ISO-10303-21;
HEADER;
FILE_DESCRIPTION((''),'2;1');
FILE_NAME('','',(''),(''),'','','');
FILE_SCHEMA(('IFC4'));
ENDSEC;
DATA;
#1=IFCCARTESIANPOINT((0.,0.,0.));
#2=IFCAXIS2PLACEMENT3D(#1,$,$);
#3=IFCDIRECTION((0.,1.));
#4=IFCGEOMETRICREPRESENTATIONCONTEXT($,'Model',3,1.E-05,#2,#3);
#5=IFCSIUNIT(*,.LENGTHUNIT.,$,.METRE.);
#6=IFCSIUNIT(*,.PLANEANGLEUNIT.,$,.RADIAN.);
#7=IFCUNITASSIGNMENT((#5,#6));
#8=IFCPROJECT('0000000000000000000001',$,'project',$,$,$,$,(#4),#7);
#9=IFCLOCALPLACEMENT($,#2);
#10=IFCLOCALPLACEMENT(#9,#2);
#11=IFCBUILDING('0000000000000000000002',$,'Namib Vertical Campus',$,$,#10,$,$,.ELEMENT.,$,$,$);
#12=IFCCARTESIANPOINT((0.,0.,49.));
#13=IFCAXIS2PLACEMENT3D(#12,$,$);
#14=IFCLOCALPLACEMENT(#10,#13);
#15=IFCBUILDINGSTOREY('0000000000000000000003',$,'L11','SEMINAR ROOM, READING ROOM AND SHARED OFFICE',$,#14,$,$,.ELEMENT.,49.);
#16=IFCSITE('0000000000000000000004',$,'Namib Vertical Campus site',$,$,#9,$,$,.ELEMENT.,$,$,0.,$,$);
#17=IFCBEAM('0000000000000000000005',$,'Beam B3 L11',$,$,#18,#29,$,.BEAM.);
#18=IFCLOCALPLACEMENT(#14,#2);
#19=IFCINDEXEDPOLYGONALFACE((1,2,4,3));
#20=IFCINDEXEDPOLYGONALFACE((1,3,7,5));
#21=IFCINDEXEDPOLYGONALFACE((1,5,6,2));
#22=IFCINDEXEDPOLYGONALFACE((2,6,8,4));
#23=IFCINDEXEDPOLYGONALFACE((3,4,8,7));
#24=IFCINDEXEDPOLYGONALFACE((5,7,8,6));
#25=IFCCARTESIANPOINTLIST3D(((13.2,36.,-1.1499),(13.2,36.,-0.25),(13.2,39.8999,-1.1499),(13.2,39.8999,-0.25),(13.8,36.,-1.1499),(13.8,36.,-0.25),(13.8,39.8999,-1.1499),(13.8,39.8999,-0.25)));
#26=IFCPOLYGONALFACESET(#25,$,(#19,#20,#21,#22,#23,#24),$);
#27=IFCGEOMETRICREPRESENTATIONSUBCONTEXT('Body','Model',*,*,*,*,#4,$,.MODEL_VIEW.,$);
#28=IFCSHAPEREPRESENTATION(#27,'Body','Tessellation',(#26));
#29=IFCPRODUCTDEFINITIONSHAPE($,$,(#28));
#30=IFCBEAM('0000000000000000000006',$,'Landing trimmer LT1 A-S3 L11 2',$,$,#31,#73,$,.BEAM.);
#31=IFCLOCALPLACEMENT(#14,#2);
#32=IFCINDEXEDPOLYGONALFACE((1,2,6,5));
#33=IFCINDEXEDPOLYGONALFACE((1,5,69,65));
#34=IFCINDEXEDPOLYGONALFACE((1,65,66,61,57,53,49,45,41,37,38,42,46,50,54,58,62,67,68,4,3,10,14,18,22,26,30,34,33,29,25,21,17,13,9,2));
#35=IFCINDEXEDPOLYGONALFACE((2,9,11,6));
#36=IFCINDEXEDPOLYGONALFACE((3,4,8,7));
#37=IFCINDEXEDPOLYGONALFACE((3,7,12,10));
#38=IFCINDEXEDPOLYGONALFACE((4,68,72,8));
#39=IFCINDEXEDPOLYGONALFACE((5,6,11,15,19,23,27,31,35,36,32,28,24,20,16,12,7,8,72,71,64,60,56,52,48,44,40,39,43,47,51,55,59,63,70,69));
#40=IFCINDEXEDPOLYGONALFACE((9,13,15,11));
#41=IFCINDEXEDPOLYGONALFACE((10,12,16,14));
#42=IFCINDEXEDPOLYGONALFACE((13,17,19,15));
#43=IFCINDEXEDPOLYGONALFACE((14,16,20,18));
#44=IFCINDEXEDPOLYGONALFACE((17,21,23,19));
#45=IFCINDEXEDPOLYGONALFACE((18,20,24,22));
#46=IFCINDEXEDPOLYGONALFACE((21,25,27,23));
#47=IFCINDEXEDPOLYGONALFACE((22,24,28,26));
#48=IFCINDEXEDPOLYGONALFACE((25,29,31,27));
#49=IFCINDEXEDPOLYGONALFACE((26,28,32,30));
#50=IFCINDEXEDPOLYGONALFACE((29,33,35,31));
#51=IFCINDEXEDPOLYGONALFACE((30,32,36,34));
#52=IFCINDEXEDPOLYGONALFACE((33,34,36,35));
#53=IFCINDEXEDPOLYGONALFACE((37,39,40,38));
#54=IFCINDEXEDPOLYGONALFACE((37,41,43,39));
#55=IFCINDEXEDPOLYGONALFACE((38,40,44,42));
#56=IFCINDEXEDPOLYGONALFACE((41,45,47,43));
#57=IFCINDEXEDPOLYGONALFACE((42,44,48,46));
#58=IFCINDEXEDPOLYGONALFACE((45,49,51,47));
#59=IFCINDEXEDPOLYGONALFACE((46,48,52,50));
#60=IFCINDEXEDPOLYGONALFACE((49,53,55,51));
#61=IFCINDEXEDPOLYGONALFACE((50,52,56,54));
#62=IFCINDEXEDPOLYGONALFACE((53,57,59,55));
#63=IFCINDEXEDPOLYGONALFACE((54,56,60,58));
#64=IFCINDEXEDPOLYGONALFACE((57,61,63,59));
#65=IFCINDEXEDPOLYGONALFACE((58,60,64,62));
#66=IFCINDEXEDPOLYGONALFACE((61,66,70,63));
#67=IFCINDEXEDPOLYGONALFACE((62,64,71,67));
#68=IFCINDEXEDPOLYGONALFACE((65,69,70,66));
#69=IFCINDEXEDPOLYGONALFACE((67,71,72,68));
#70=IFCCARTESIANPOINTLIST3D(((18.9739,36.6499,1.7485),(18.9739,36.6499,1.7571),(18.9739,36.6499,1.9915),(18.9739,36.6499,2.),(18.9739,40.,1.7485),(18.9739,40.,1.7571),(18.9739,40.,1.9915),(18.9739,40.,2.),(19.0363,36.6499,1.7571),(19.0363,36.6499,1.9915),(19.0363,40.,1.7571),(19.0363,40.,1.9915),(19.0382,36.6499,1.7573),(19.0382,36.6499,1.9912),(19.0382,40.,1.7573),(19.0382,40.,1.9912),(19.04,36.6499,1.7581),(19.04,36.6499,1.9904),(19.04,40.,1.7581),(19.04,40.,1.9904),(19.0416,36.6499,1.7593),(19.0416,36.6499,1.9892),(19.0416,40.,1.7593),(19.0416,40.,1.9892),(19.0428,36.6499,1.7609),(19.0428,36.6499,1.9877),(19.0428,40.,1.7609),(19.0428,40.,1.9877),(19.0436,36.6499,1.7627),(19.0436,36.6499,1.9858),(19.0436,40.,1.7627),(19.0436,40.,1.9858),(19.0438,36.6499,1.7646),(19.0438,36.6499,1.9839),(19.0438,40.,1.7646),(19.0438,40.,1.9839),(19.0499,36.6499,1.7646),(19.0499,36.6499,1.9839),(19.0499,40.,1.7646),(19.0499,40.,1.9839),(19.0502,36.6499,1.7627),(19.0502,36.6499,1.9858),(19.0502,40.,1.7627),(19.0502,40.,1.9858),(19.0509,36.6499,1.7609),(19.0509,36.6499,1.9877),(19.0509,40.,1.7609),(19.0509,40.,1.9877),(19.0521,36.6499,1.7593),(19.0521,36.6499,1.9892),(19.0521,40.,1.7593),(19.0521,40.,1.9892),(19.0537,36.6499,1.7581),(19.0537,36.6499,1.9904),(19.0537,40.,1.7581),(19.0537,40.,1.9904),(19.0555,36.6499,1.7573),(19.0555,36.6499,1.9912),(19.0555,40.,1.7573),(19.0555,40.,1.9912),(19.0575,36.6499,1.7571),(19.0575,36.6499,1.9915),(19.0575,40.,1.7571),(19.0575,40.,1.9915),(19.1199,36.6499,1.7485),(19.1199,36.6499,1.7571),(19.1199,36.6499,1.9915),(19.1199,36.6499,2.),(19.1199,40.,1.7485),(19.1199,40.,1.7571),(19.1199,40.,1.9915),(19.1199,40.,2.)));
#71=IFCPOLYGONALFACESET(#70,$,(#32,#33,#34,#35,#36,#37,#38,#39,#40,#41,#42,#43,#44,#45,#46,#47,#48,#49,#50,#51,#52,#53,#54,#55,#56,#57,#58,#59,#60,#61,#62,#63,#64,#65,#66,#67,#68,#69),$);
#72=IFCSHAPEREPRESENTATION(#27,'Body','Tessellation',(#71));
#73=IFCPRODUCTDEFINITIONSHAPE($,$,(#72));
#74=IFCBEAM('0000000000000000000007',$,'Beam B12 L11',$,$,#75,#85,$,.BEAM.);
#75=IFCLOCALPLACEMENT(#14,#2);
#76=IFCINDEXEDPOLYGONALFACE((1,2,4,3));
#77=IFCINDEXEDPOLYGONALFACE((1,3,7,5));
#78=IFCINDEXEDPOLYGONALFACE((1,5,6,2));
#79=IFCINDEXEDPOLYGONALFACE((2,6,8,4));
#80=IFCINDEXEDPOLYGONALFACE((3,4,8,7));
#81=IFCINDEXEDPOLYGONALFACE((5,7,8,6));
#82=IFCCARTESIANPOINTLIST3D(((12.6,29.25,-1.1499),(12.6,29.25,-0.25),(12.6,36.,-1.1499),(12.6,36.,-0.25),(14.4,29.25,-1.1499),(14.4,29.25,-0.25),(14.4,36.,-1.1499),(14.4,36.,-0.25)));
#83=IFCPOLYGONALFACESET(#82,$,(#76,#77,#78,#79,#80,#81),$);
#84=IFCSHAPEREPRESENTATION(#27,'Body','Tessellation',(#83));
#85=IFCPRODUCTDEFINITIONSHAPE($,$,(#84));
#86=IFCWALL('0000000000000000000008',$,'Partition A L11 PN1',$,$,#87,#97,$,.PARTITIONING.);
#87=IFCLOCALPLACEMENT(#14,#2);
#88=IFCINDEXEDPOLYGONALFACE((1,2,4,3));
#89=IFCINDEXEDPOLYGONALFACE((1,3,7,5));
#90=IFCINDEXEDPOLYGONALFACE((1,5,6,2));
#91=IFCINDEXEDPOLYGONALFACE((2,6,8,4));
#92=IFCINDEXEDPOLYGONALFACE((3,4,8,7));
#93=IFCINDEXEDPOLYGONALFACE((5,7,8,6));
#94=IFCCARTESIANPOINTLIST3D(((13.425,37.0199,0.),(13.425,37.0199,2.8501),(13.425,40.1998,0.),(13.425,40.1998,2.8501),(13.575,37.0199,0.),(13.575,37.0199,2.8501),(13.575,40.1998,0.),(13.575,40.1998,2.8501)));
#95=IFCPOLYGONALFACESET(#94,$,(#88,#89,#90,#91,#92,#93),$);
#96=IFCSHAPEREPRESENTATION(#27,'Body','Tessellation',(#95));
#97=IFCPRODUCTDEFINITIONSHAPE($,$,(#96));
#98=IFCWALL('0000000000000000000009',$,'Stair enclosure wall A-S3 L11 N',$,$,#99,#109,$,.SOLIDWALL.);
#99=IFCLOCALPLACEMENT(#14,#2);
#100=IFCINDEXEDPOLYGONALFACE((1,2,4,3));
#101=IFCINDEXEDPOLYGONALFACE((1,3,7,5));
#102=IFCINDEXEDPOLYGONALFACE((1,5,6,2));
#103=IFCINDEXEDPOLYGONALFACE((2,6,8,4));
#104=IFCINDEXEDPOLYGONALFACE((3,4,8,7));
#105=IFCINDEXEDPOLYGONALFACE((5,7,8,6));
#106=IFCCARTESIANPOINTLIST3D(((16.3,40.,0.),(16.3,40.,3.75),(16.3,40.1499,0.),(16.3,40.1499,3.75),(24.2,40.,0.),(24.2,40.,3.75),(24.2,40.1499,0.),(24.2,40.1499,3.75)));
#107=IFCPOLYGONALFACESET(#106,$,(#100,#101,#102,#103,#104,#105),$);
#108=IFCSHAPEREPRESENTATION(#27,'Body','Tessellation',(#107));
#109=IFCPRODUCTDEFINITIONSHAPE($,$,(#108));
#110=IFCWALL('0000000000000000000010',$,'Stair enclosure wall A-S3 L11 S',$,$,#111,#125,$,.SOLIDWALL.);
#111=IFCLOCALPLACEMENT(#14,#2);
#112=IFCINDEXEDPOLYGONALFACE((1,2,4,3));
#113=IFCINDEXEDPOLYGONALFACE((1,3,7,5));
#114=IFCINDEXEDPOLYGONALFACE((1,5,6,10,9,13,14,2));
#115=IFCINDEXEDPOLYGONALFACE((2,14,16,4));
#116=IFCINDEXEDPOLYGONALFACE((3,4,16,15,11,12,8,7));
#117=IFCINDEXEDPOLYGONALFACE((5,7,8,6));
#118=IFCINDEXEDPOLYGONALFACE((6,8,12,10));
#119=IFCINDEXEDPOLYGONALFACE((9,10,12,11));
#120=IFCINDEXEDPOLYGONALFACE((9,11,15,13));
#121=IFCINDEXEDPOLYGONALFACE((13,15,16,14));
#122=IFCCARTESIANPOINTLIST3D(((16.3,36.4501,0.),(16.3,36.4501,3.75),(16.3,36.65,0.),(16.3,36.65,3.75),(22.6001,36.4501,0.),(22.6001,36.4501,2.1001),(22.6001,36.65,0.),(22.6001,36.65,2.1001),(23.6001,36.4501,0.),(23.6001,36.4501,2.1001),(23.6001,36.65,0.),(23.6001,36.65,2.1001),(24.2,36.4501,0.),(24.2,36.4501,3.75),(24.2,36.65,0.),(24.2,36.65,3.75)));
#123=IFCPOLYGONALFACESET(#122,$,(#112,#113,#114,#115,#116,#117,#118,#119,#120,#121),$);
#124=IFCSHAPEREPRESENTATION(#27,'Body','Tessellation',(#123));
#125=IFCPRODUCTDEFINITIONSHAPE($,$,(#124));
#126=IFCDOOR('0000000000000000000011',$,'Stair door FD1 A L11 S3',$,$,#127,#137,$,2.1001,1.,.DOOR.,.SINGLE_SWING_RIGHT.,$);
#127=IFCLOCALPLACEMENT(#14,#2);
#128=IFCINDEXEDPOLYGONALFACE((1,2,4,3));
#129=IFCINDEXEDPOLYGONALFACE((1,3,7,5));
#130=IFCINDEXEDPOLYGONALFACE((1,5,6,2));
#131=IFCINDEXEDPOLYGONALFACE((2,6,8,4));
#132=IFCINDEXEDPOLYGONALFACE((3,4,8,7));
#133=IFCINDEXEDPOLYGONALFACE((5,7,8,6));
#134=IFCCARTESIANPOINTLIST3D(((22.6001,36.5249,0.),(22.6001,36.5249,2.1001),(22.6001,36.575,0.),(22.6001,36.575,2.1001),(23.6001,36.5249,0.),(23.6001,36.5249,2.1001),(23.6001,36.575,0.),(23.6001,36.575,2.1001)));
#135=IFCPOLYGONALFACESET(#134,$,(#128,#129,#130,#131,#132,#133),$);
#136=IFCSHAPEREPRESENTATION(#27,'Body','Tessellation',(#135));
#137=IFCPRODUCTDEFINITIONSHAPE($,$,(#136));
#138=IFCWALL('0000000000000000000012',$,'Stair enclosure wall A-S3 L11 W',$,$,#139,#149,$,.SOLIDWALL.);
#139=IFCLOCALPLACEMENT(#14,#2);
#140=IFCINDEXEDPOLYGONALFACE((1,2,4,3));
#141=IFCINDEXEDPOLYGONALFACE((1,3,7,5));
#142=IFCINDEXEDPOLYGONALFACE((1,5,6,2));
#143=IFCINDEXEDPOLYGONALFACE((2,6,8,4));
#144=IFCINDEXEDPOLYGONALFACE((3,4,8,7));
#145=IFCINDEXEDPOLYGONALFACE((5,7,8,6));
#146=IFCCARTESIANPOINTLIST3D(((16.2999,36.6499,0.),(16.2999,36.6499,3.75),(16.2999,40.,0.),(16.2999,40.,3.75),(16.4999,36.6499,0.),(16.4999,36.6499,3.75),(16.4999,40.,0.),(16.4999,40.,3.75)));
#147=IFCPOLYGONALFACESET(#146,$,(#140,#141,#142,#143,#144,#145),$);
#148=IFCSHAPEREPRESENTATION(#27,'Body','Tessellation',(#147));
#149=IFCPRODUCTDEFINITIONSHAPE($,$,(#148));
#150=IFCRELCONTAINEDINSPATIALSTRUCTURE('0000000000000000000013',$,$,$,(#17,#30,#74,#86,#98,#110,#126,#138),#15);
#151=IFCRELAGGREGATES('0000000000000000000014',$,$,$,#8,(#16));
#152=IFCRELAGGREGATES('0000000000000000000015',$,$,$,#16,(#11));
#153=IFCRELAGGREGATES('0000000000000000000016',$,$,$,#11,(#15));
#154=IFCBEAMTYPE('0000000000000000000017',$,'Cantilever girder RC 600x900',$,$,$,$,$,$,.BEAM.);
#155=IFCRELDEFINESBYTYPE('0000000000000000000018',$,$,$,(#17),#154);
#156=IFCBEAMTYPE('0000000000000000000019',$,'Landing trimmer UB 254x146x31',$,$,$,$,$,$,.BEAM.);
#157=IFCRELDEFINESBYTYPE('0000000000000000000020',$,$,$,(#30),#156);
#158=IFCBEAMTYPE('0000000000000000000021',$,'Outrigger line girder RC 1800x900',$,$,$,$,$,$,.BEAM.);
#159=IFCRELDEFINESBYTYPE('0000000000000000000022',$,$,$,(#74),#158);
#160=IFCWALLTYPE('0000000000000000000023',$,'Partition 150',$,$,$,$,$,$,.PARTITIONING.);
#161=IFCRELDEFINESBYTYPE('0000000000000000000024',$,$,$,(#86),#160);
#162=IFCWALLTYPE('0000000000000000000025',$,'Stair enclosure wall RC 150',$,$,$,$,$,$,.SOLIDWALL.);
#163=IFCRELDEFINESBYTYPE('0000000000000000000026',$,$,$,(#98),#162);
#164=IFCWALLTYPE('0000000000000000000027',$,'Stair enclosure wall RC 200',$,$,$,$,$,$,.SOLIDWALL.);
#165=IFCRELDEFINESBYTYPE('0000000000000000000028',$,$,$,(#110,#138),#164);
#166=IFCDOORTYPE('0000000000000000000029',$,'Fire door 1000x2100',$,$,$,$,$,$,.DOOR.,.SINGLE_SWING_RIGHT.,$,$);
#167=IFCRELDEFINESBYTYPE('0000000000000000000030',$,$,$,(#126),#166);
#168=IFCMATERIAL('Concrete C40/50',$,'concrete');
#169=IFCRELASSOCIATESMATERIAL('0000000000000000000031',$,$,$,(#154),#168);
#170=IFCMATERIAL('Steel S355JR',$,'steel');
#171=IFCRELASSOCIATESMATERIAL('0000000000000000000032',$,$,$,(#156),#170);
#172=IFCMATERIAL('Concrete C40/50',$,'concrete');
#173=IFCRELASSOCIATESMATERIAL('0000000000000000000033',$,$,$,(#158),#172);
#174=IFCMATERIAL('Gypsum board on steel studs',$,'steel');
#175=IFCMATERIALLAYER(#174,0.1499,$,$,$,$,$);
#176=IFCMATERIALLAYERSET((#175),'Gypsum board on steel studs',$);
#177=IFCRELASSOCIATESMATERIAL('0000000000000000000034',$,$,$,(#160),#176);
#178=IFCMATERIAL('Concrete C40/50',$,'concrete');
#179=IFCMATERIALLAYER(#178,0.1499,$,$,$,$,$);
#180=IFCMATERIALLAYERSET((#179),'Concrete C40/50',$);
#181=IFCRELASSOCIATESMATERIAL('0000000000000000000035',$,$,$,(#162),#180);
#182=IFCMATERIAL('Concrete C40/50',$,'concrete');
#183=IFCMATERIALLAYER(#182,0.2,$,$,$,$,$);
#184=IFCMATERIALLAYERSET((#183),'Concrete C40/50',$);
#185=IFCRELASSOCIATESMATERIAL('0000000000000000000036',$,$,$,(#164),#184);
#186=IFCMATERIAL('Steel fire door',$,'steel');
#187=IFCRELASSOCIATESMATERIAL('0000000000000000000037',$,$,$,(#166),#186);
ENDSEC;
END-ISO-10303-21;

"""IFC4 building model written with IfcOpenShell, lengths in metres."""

from ifc_helpers import new_model, si_unit, direction, frame, frame_2d, origin, origin_2d, place, context, subcontext, project, spatial, rectangle, i_section, extrude, material, layer, layer_set, material_profile, profile_set, type_object, element, fill, save


model = new_model("IFC4")

# Units and contexts
model_context = context("Model", 3, precision=1e-05, world=origin(), true_north=direction((0.0, 1.0)))
body_context = subcontext(model_context, "Body", "Model", "MODEL_VIEW")
ifc_project = project(units=[si_unit("LENGTHUNIT", "METRE"), si_unit("PLANEANGLEUNIT", "RADIAN")], contexts=[model_context])

# Site, building, storey
site_placement = place(None, origin())
site = spatial("IfcSite", under=ifc_project, at=site_placement, Name="Namib Vertical Campus site", CompositionType="ELEMENT", RefElevation=0.0)
building_placement = place(site_placement, origin())
building = spatial("IfcBuilding", under=site, at=building_placement, Name="Namib Vertical Campus", CompositionType="ELEMENT")
storey_placement = place(building_placement, frame((0.0, 0.0, 49.0)))
storey = spatial("IfcBuildingStorey", under=building, at=storey_placement, Name="L11", Description="SEMINAR ROOM, READING ROOM AND SHARED OFFICE", CompositionType="ELEMENT", Elevation=49.0)

# Beams
ifc_material_1 = material(Name="Concrete C40/50", Category="concrete")
ifc_material_profile_1 = material_profile(ifc_material_1, rectangle(XDim=0.6001, YDim=0.8999, at=origin_2d()))
ifc_profile_set_1 = profile_set([ifc_material_profile_1], Name="Concrete C40/50")
beam_type_1 = type_object("IfcBeamType", Name="Cantilever girder RC 600x900", PredefinedType="BEAM", material=ifc_profile_set_1)
beam_1_placement = place(storey_placement, frame((13.5, 36.0, -0.7), z_axis=(0.0, 1.0, 0.0), x_axis=(-1.0, 0.0, 0.0)))
element("IfcBeam", 1, at=beam_1_placement, inside=storey, type_object=beam_type_1, Name="Beam B3 L11", PredefinedType="BEAM", context=body_context, shape_type="SweptSolid", body=[
    extrude(rectangle(XDim=0.6001, YDim=0.8999, at=origin_2d()), origin(), (0.0, 0.0, 1.0), 3.8999),
])
ifc_material_2 = material(Name="Steel S355JR", Category="steel")
ifc_material_profile_2 = material_profile(ifc_material_2, i_section(OverallWidth=0.146, OverallDepth=0.2515, WebThickness=0.0061, FlangeThickness=0.0085, FilletRadius=0.0076, at=origin_2d()))
ifc_profile_set_2 = profile_set([ifc_material_profile_2], Name="Steel S355JR")
beam_type_2 = type_object("IfcBeamType", Name="Landing trimmer UB 254x146x31", PredefinedType="BEAM", material=ifc_profile_set_2)
beam_2_placement = place(storey_placement, frame((19.0469, 36.6499, 1.8743), z_axis=(0.0, 1.0, 0.0), x_axis=(-1.0, 0.0, 0.0)))
element("IfcBeam", 2, at=beam_2_placement, inside=storey, type_object=beam_type_2, Name="Landing trimmer LT1 A-S3 L11 2", PredefinedType="BEAM", context=body_context, shape_type="SweptSolid", body=[
    extrude(i_section(OverallWidth=0.146, OverallDepth=0.2515, WebThickness=0.0061, FlangeThickness=0.0085, FilletRadius=0.0076, at=origin_2d()), origin(), (0.0, 0.0, 1.0), 3.3501),
])
ifc_material_3 = material(Name="Concrete C40/50", Category="concrete")
ifc_material_profile_3 = material_profile(ifc_material_3, rectangle(XDim=1.8, YDim=0.8999, at=origin_2d()))
ifc_profile_set_3 = profile_set([ifc_material_profile_3], Name="Concrete C40/50")
beam_type_3 = type_object("IfcBeamType", Name="Outrigger line girder RC 1800x900", PredefinedType="BEAM", material=ifc_profile_set_3)
beam_3_placement = place(storey_placement, frame((13.5, 36.0, -0.7), z_axis=(0.0, -1.0, 0.0), x_axis=(1.0, 0.0, 0.0)))
element("IfcBeam", 3, at=beam_3_placement, inside=storey, type_object=beam_type_3, Name="Beam B12 L11", PredefinedType="BEAM", context=body_context, shape_type="SweptSolid", body=[
    extrude(rectangle(XDim=1.8, YDim=0.8999, at=origin_2d()), origin(), (0.0, 0.0, 1.0), 6.75),
])

# Walls
ifc_material_4 = material(Name="Gypsum board on steel studs", Category="steel")
ifc_layer_1 = layer(ifc_material_4, 0.1499)
ifc_layer_set_1 = layer_set([ifc_layer_1], Name="Gypsum board on steel studs")
wall_type_1 = type_object("IfcWallType", Name="Partition 150", PredefinedType="PARTITIONING", material=ifc_layer_set_1)
wall_1_placement = place(storey_placement, frame((13.5, 37.02, 0.0), z_axis=(0.0, 0.0, 1.0), x_axis=(0.0, 1.0, 0.0)))
element("IfcWall", 4, at=wall_1_placement, inside=storey, type_object=wall_type_1, Name="Partition A L11 PN1", PredefinedType="PARTITIONING", context=body_context, shape_type="SweptSolid", body=[
    extrude(rectangle(XDim=3.1799, YDim=0.1499, at=frame_2d((1.5898, 0.0))), origin(), (0.0, 0.0, 1.0), 2.8501),
])
ifc_material_5 = material(Name="Concrete C40/50", Category="concrete")
ifc_layer_2 = layer(ifc_material_5, 0.1499)
ifc_layer_set_2 = layer_set([ifc_layer_2], Name="Concrete C40/50")
wall_type_2 = type_object("IfcWallType", Name="Stair enclosure wall RC 150", PredefinedType="SOLIDWALL", material=ifc_layer_set_2)
wall_2_placement = place(storey_placement, frame((16.3, 40.075, 0.0), z_axis=(0.0, 0.0, 1.0), x_axis=(1.0, 0.0, 0.0)))
element("IfcWall", 5, at=wall_2_placement, inside=storey, type_object=wall_type_2, Name="Stair enclosure wall A-S3 L11 N", PredefinedType="SOLIDWALL", context=body_context, shape_type="SweptSolid", body=[
    extrude(rectangle(XDim=7.8999, YDim=0.1499, at=frame_2d((3.95, 0.0))), origin(), (0.0, 0.0, 1.0), 3.75),
])

# Wall, opening, door
ifc_material_6 = material(Name="Concrete C40/50", Category="concrete")
ifc_layer_3 = layer(ifc_material_6, 0.2)
ifc_layer_set_3 = layer_set([ifc_layer_3], Name="Concrete C40/50")
wall_type_3 = type_object("IfcWallType", Name="Stair enclosure wall RC 200", PredefinedType="SOLIDWALL", material=ifc_layer_set_3)
wall_3_placement = place(storey_placement, frame((16.3, 36.55, 0.0), z_axis=(0.0, 0.0, 1.0), x_axis=(1.0, 0.0, 0.0)))
wall_3 = element("IfcWall", 6, at=wall_3_placement, inside=storey, type_object=wall_type_3, Name="Stair enclosure wall A-S3 L11 S", PredefinedType="SOLIDWALL", context=body_context, shape_type="SweptSolid", body=[
    extrude(rectangle(XDim=7.8999, YDim=0.2, at=frame_2d((3.95, 0.0))), origin(), (0.0, 0.0, 1.0), 3.75),
])
opening_placement = place(wall_3_placement, frame((6.3, 0.0, 0.0)))
opening = element("IfcOpeningElement", 7, at=opening_placement, cuts=wall_3, PredefinedType="OPENING", context=body_context, shape_type="SweptSolid", body=[
    extrude(rectangle(XDim=1.0, YDim=2.1001, at=frame_2d((0.5, 1.05))), frame((0.0, 0.1099, 0.0), z_axis=(0.0, -1.0, 0.0), x_axis=(1.0, 0.0, 0.0)), (0.0, 0.0, 1.0), 0.22),
])
ifc_material_7 = material(Name="Steel fire door", Category="steel")
door_type = type_object("IfcDoorType", Name="Fire door 1000x2100", OperationType="SINGLE_SWING_RIGHT", PredefinedType="DOOR", material=ifc_material_7)
door_placement = place(opening_placement, origin())
door = element("IfcDoor", 8, at=door_placement, inside=storey, type_object=door_type, Name="Stair door FD1 A L11 S3", OperationType="SINGLE_SWING_RIGHT", OverallHeight=2.1001, OverallWidth=1.0, PredefinedType="DOOR", context=body_context, shape_type="SweptSolid", body=[
    extrude(rectangle(XDim=1.0, YDim=2.1001, at=frame_2d((0.5, 1.05))), frame((0.0, 0.0249, 0.0), z_axis=(0.0, -1.0, 0.0), x_axis=(1.0, 0.0, 0.0)), (0.0, 0.0, 1.0), 0.05),
])
fill(opening, door)

# Wall
wall_4_placement = place(storey_placement, frame((16.3999, 36.6499, 0.0), z_axis=(0.0, 0.0, 1.0), x_axis=(0.0, 1.0, 0.0)))
element("IfcWall", 9, at=wall_4_placement, inside=storey, type_object=wall_type_3, Name="Stair enclosure wall A-S3 L11 W", PredefinedType="SOLIDWALL", context=body_context, shape_type="SweptSolid", body=[
    extrude(rectangle(XDim=3.3501, YDim=0.2, at=frame_2d((1.675, 0.0))), origin(), (0.0, 0.0, 1.0), 3.75),
])

save(model, "model.ifc")
